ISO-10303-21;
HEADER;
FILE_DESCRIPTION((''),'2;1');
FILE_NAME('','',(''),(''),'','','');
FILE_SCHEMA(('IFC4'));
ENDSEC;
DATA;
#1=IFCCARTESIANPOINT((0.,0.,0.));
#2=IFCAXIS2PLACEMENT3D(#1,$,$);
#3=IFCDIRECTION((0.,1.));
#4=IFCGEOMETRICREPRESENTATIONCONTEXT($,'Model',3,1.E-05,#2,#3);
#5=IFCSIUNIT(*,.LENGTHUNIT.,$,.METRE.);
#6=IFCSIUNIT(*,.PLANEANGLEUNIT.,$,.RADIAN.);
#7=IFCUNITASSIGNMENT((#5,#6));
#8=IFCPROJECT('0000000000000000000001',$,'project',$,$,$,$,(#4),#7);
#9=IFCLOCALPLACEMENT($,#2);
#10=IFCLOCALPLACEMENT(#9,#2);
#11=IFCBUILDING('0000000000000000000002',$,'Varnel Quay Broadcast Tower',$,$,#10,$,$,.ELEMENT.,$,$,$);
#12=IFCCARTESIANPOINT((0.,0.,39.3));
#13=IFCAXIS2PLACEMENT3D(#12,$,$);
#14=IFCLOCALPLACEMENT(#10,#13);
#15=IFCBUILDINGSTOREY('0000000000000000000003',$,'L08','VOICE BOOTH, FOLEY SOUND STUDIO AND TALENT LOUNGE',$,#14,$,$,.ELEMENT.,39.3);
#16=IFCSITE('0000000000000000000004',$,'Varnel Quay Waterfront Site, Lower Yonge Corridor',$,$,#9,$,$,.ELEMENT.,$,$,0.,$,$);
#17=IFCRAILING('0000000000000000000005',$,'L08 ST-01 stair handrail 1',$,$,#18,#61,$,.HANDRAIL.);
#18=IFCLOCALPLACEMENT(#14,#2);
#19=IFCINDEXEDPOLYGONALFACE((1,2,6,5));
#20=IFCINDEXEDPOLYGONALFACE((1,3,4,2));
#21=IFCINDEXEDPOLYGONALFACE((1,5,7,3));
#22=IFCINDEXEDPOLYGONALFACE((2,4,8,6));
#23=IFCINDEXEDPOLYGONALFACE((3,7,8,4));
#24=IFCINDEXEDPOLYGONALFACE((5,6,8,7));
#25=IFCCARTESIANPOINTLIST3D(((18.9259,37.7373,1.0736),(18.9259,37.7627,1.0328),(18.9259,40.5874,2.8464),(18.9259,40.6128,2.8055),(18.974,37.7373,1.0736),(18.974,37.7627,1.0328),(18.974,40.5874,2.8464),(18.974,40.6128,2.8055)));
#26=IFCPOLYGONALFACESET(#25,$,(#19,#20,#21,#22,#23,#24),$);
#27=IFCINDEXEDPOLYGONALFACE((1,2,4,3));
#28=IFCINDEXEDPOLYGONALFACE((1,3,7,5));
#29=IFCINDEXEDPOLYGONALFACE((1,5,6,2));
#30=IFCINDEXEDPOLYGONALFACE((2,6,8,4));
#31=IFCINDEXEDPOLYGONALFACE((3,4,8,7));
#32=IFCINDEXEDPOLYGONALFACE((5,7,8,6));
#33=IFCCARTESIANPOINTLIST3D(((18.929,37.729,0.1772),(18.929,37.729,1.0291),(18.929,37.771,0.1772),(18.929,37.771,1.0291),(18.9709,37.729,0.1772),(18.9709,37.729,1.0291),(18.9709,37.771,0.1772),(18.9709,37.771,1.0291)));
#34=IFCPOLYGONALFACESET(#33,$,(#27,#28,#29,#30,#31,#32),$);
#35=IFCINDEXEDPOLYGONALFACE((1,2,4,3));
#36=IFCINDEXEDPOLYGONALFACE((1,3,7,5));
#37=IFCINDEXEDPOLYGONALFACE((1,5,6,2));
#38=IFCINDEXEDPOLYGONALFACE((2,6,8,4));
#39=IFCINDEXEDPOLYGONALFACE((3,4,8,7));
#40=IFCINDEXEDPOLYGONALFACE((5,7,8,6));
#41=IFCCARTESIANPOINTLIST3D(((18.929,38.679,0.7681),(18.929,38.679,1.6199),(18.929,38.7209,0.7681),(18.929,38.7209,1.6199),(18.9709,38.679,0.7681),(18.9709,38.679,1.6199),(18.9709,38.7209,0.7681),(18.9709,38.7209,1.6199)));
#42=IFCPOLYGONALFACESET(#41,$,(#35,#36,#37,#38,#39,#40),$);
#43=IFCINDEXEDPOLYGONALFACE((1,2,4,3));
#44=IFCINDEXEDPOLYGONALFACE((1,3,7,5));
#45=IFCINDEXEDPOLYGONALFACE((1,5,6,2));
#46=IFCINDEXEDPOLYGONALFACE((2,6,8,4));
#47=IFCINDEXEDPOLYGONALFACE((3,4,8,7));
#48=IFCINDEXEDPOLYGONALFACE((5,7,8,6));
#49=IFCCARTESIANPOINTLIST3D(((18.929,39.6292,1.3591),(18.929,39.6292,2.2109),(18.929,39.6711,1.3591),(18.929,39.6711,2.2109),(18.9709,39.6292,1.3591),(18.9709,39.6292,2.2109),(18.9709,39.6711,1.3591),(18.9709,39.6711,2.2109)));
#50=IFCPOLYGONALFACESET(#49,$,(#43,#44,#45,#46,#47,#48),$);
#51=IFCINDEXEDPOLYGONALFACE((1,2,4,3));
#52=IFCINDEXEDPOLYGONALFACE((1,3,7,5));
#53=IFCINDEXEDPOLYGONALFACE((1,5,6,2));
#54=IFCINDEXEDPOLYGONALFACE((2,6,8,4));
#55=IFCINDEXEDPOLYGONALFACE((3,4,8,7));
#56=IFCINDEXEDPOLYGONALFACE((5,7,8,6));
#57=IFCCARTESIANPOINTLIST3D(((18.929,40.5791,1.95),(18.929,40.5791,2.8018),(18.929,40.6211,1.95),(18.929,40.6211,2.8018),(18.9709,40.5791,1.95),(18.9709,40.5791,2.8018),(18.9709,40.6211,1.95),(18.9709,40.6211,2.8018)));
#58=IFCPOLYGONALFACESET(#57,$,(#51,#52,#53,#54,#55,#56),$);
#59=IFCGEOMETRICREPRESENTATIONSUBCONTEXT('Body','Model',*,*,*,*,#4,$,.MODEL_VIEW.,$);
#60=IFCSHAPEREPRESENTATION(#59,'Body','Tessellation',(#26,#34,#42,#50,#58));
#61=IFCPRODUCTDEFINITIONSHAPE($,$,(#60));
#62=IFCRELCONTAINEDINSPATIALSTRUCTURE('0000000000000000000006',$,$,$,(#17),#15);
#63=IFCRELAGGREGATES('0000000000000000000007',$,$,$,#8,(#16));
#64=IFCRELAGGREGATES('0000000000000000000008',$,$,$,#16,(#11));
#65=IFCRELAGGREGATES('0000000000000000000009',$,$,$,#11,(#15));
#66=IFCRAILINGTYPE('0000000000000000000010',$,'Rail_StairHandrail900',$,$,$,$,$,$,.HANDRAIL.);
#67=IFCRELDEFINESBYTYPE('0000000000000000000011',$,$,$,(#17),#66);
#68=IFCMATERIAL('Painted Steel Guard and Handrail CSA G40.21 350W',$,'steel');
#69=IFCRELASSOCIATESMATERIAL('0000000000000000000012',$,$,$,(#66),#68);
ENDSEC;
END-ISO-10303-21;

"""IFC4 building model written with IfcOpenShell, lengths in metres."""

from ifc_helpers import new_model, si_unit, direction, frame, origin, origin_2d, place, context, subcontext, project, spatial, rectangle, extrude, material, type_object, element, save


model = new_model("IFC4")

# Units and contexts
model_context = context("Model", 3, precision=1e-05, world=origin(), true_north=direction((0.0, 1.0)))
body_context = subcontext(model_context, "Body", "Model", "MODEL_VIEW")
ifc_project = project(units=[si_unit("LENGTHUNIT", "METRE"), si_unit("PLANEANGLEUNIT", "RADIAN")], contexts=[model_context])

# Site, building, storey
site_placement = place(None, origin())
site = spatial("IfcSite", under=ifc_project, at=site_placement, Name="Varnel Quay Waterfront Site, Lower Yonge Corridor", CompositionType="ELEMENT", RefElevation=0.0)
building_placement = place(site_placement, origin())
building = spatial("IfcBuilding", under=site, at=building_placement, Name="Varnel Quay Broadcast Tower", CompositionType="ELEMENT")
storey_placement = place(building_placement, frame((0.0, 0.0, 39.3)))
storey = spatial("IfcBuildingStorey", under=building, at=storey_placement, Name="L08", Description="VOICE BOOTH, FOLEY SOUND STUDIO AND TALENT LOUNGE", CompositionType="ELEMENT", Elevation=39.3)

# Railing
ifc_material_1 = material(Name="Painted Steel Guard and Handrail CSA G40.21 350W", Category="steel")
railing_type_1 = type_object("IfcRailingType", Name="Rail_StairHandrail900", PredefinedType="HANDRAIL", material=ifc_material_1)
railing_1_placement = place(storey_placement, frame((18.95, 37.75, 0.1772)))
element("IfcRailing", 1, at=railing_1_placement, inside=storey, type_object=railing_type_1, Name="L08 ST-01 stair handrail 1", PredefinedType="HANDRAIL", context=body_context, shape_type="SweptSolid", body=[
    extrude(rectangle(XDim=0.0481, YDim=0.0481, at=origin_2d()), frame((0.0, 0.0, 0.876), z_axis=(0.0, 0.849149, 0.528154), x_axis=(-1.0, 0.0, 0.0)), (0.0, 0.0, 1.0), 3.3564),
    extrude(rectangle(XDim=0.042, YDim=0.042, at=origin_2d()), origin(), (0.0, 0.0, 1.0), 0.8518),
    extrude(rectangle(XDim=0.042, YDim=0.042, at=origin_2d()), frame((0.0, 0.95, 0.5908)), (0.0, 0.0, 1.0), 0.8518),
    extrude(rectangle(XDim=0.042, YDim=0.042, at=origin_2d()), frame((0.0, 1.9001, 1.1819)), (0.0, 0.0, 1.0), 0.8518),
    extrude(rectangle(XDim=0.042, YDim=0.042, at=origin_2d()), frame((0.0, 2.8501, 1.7727)), (0.0, 0.0, 1.0), 0.8518),
])

save(model, "model.ifc")
